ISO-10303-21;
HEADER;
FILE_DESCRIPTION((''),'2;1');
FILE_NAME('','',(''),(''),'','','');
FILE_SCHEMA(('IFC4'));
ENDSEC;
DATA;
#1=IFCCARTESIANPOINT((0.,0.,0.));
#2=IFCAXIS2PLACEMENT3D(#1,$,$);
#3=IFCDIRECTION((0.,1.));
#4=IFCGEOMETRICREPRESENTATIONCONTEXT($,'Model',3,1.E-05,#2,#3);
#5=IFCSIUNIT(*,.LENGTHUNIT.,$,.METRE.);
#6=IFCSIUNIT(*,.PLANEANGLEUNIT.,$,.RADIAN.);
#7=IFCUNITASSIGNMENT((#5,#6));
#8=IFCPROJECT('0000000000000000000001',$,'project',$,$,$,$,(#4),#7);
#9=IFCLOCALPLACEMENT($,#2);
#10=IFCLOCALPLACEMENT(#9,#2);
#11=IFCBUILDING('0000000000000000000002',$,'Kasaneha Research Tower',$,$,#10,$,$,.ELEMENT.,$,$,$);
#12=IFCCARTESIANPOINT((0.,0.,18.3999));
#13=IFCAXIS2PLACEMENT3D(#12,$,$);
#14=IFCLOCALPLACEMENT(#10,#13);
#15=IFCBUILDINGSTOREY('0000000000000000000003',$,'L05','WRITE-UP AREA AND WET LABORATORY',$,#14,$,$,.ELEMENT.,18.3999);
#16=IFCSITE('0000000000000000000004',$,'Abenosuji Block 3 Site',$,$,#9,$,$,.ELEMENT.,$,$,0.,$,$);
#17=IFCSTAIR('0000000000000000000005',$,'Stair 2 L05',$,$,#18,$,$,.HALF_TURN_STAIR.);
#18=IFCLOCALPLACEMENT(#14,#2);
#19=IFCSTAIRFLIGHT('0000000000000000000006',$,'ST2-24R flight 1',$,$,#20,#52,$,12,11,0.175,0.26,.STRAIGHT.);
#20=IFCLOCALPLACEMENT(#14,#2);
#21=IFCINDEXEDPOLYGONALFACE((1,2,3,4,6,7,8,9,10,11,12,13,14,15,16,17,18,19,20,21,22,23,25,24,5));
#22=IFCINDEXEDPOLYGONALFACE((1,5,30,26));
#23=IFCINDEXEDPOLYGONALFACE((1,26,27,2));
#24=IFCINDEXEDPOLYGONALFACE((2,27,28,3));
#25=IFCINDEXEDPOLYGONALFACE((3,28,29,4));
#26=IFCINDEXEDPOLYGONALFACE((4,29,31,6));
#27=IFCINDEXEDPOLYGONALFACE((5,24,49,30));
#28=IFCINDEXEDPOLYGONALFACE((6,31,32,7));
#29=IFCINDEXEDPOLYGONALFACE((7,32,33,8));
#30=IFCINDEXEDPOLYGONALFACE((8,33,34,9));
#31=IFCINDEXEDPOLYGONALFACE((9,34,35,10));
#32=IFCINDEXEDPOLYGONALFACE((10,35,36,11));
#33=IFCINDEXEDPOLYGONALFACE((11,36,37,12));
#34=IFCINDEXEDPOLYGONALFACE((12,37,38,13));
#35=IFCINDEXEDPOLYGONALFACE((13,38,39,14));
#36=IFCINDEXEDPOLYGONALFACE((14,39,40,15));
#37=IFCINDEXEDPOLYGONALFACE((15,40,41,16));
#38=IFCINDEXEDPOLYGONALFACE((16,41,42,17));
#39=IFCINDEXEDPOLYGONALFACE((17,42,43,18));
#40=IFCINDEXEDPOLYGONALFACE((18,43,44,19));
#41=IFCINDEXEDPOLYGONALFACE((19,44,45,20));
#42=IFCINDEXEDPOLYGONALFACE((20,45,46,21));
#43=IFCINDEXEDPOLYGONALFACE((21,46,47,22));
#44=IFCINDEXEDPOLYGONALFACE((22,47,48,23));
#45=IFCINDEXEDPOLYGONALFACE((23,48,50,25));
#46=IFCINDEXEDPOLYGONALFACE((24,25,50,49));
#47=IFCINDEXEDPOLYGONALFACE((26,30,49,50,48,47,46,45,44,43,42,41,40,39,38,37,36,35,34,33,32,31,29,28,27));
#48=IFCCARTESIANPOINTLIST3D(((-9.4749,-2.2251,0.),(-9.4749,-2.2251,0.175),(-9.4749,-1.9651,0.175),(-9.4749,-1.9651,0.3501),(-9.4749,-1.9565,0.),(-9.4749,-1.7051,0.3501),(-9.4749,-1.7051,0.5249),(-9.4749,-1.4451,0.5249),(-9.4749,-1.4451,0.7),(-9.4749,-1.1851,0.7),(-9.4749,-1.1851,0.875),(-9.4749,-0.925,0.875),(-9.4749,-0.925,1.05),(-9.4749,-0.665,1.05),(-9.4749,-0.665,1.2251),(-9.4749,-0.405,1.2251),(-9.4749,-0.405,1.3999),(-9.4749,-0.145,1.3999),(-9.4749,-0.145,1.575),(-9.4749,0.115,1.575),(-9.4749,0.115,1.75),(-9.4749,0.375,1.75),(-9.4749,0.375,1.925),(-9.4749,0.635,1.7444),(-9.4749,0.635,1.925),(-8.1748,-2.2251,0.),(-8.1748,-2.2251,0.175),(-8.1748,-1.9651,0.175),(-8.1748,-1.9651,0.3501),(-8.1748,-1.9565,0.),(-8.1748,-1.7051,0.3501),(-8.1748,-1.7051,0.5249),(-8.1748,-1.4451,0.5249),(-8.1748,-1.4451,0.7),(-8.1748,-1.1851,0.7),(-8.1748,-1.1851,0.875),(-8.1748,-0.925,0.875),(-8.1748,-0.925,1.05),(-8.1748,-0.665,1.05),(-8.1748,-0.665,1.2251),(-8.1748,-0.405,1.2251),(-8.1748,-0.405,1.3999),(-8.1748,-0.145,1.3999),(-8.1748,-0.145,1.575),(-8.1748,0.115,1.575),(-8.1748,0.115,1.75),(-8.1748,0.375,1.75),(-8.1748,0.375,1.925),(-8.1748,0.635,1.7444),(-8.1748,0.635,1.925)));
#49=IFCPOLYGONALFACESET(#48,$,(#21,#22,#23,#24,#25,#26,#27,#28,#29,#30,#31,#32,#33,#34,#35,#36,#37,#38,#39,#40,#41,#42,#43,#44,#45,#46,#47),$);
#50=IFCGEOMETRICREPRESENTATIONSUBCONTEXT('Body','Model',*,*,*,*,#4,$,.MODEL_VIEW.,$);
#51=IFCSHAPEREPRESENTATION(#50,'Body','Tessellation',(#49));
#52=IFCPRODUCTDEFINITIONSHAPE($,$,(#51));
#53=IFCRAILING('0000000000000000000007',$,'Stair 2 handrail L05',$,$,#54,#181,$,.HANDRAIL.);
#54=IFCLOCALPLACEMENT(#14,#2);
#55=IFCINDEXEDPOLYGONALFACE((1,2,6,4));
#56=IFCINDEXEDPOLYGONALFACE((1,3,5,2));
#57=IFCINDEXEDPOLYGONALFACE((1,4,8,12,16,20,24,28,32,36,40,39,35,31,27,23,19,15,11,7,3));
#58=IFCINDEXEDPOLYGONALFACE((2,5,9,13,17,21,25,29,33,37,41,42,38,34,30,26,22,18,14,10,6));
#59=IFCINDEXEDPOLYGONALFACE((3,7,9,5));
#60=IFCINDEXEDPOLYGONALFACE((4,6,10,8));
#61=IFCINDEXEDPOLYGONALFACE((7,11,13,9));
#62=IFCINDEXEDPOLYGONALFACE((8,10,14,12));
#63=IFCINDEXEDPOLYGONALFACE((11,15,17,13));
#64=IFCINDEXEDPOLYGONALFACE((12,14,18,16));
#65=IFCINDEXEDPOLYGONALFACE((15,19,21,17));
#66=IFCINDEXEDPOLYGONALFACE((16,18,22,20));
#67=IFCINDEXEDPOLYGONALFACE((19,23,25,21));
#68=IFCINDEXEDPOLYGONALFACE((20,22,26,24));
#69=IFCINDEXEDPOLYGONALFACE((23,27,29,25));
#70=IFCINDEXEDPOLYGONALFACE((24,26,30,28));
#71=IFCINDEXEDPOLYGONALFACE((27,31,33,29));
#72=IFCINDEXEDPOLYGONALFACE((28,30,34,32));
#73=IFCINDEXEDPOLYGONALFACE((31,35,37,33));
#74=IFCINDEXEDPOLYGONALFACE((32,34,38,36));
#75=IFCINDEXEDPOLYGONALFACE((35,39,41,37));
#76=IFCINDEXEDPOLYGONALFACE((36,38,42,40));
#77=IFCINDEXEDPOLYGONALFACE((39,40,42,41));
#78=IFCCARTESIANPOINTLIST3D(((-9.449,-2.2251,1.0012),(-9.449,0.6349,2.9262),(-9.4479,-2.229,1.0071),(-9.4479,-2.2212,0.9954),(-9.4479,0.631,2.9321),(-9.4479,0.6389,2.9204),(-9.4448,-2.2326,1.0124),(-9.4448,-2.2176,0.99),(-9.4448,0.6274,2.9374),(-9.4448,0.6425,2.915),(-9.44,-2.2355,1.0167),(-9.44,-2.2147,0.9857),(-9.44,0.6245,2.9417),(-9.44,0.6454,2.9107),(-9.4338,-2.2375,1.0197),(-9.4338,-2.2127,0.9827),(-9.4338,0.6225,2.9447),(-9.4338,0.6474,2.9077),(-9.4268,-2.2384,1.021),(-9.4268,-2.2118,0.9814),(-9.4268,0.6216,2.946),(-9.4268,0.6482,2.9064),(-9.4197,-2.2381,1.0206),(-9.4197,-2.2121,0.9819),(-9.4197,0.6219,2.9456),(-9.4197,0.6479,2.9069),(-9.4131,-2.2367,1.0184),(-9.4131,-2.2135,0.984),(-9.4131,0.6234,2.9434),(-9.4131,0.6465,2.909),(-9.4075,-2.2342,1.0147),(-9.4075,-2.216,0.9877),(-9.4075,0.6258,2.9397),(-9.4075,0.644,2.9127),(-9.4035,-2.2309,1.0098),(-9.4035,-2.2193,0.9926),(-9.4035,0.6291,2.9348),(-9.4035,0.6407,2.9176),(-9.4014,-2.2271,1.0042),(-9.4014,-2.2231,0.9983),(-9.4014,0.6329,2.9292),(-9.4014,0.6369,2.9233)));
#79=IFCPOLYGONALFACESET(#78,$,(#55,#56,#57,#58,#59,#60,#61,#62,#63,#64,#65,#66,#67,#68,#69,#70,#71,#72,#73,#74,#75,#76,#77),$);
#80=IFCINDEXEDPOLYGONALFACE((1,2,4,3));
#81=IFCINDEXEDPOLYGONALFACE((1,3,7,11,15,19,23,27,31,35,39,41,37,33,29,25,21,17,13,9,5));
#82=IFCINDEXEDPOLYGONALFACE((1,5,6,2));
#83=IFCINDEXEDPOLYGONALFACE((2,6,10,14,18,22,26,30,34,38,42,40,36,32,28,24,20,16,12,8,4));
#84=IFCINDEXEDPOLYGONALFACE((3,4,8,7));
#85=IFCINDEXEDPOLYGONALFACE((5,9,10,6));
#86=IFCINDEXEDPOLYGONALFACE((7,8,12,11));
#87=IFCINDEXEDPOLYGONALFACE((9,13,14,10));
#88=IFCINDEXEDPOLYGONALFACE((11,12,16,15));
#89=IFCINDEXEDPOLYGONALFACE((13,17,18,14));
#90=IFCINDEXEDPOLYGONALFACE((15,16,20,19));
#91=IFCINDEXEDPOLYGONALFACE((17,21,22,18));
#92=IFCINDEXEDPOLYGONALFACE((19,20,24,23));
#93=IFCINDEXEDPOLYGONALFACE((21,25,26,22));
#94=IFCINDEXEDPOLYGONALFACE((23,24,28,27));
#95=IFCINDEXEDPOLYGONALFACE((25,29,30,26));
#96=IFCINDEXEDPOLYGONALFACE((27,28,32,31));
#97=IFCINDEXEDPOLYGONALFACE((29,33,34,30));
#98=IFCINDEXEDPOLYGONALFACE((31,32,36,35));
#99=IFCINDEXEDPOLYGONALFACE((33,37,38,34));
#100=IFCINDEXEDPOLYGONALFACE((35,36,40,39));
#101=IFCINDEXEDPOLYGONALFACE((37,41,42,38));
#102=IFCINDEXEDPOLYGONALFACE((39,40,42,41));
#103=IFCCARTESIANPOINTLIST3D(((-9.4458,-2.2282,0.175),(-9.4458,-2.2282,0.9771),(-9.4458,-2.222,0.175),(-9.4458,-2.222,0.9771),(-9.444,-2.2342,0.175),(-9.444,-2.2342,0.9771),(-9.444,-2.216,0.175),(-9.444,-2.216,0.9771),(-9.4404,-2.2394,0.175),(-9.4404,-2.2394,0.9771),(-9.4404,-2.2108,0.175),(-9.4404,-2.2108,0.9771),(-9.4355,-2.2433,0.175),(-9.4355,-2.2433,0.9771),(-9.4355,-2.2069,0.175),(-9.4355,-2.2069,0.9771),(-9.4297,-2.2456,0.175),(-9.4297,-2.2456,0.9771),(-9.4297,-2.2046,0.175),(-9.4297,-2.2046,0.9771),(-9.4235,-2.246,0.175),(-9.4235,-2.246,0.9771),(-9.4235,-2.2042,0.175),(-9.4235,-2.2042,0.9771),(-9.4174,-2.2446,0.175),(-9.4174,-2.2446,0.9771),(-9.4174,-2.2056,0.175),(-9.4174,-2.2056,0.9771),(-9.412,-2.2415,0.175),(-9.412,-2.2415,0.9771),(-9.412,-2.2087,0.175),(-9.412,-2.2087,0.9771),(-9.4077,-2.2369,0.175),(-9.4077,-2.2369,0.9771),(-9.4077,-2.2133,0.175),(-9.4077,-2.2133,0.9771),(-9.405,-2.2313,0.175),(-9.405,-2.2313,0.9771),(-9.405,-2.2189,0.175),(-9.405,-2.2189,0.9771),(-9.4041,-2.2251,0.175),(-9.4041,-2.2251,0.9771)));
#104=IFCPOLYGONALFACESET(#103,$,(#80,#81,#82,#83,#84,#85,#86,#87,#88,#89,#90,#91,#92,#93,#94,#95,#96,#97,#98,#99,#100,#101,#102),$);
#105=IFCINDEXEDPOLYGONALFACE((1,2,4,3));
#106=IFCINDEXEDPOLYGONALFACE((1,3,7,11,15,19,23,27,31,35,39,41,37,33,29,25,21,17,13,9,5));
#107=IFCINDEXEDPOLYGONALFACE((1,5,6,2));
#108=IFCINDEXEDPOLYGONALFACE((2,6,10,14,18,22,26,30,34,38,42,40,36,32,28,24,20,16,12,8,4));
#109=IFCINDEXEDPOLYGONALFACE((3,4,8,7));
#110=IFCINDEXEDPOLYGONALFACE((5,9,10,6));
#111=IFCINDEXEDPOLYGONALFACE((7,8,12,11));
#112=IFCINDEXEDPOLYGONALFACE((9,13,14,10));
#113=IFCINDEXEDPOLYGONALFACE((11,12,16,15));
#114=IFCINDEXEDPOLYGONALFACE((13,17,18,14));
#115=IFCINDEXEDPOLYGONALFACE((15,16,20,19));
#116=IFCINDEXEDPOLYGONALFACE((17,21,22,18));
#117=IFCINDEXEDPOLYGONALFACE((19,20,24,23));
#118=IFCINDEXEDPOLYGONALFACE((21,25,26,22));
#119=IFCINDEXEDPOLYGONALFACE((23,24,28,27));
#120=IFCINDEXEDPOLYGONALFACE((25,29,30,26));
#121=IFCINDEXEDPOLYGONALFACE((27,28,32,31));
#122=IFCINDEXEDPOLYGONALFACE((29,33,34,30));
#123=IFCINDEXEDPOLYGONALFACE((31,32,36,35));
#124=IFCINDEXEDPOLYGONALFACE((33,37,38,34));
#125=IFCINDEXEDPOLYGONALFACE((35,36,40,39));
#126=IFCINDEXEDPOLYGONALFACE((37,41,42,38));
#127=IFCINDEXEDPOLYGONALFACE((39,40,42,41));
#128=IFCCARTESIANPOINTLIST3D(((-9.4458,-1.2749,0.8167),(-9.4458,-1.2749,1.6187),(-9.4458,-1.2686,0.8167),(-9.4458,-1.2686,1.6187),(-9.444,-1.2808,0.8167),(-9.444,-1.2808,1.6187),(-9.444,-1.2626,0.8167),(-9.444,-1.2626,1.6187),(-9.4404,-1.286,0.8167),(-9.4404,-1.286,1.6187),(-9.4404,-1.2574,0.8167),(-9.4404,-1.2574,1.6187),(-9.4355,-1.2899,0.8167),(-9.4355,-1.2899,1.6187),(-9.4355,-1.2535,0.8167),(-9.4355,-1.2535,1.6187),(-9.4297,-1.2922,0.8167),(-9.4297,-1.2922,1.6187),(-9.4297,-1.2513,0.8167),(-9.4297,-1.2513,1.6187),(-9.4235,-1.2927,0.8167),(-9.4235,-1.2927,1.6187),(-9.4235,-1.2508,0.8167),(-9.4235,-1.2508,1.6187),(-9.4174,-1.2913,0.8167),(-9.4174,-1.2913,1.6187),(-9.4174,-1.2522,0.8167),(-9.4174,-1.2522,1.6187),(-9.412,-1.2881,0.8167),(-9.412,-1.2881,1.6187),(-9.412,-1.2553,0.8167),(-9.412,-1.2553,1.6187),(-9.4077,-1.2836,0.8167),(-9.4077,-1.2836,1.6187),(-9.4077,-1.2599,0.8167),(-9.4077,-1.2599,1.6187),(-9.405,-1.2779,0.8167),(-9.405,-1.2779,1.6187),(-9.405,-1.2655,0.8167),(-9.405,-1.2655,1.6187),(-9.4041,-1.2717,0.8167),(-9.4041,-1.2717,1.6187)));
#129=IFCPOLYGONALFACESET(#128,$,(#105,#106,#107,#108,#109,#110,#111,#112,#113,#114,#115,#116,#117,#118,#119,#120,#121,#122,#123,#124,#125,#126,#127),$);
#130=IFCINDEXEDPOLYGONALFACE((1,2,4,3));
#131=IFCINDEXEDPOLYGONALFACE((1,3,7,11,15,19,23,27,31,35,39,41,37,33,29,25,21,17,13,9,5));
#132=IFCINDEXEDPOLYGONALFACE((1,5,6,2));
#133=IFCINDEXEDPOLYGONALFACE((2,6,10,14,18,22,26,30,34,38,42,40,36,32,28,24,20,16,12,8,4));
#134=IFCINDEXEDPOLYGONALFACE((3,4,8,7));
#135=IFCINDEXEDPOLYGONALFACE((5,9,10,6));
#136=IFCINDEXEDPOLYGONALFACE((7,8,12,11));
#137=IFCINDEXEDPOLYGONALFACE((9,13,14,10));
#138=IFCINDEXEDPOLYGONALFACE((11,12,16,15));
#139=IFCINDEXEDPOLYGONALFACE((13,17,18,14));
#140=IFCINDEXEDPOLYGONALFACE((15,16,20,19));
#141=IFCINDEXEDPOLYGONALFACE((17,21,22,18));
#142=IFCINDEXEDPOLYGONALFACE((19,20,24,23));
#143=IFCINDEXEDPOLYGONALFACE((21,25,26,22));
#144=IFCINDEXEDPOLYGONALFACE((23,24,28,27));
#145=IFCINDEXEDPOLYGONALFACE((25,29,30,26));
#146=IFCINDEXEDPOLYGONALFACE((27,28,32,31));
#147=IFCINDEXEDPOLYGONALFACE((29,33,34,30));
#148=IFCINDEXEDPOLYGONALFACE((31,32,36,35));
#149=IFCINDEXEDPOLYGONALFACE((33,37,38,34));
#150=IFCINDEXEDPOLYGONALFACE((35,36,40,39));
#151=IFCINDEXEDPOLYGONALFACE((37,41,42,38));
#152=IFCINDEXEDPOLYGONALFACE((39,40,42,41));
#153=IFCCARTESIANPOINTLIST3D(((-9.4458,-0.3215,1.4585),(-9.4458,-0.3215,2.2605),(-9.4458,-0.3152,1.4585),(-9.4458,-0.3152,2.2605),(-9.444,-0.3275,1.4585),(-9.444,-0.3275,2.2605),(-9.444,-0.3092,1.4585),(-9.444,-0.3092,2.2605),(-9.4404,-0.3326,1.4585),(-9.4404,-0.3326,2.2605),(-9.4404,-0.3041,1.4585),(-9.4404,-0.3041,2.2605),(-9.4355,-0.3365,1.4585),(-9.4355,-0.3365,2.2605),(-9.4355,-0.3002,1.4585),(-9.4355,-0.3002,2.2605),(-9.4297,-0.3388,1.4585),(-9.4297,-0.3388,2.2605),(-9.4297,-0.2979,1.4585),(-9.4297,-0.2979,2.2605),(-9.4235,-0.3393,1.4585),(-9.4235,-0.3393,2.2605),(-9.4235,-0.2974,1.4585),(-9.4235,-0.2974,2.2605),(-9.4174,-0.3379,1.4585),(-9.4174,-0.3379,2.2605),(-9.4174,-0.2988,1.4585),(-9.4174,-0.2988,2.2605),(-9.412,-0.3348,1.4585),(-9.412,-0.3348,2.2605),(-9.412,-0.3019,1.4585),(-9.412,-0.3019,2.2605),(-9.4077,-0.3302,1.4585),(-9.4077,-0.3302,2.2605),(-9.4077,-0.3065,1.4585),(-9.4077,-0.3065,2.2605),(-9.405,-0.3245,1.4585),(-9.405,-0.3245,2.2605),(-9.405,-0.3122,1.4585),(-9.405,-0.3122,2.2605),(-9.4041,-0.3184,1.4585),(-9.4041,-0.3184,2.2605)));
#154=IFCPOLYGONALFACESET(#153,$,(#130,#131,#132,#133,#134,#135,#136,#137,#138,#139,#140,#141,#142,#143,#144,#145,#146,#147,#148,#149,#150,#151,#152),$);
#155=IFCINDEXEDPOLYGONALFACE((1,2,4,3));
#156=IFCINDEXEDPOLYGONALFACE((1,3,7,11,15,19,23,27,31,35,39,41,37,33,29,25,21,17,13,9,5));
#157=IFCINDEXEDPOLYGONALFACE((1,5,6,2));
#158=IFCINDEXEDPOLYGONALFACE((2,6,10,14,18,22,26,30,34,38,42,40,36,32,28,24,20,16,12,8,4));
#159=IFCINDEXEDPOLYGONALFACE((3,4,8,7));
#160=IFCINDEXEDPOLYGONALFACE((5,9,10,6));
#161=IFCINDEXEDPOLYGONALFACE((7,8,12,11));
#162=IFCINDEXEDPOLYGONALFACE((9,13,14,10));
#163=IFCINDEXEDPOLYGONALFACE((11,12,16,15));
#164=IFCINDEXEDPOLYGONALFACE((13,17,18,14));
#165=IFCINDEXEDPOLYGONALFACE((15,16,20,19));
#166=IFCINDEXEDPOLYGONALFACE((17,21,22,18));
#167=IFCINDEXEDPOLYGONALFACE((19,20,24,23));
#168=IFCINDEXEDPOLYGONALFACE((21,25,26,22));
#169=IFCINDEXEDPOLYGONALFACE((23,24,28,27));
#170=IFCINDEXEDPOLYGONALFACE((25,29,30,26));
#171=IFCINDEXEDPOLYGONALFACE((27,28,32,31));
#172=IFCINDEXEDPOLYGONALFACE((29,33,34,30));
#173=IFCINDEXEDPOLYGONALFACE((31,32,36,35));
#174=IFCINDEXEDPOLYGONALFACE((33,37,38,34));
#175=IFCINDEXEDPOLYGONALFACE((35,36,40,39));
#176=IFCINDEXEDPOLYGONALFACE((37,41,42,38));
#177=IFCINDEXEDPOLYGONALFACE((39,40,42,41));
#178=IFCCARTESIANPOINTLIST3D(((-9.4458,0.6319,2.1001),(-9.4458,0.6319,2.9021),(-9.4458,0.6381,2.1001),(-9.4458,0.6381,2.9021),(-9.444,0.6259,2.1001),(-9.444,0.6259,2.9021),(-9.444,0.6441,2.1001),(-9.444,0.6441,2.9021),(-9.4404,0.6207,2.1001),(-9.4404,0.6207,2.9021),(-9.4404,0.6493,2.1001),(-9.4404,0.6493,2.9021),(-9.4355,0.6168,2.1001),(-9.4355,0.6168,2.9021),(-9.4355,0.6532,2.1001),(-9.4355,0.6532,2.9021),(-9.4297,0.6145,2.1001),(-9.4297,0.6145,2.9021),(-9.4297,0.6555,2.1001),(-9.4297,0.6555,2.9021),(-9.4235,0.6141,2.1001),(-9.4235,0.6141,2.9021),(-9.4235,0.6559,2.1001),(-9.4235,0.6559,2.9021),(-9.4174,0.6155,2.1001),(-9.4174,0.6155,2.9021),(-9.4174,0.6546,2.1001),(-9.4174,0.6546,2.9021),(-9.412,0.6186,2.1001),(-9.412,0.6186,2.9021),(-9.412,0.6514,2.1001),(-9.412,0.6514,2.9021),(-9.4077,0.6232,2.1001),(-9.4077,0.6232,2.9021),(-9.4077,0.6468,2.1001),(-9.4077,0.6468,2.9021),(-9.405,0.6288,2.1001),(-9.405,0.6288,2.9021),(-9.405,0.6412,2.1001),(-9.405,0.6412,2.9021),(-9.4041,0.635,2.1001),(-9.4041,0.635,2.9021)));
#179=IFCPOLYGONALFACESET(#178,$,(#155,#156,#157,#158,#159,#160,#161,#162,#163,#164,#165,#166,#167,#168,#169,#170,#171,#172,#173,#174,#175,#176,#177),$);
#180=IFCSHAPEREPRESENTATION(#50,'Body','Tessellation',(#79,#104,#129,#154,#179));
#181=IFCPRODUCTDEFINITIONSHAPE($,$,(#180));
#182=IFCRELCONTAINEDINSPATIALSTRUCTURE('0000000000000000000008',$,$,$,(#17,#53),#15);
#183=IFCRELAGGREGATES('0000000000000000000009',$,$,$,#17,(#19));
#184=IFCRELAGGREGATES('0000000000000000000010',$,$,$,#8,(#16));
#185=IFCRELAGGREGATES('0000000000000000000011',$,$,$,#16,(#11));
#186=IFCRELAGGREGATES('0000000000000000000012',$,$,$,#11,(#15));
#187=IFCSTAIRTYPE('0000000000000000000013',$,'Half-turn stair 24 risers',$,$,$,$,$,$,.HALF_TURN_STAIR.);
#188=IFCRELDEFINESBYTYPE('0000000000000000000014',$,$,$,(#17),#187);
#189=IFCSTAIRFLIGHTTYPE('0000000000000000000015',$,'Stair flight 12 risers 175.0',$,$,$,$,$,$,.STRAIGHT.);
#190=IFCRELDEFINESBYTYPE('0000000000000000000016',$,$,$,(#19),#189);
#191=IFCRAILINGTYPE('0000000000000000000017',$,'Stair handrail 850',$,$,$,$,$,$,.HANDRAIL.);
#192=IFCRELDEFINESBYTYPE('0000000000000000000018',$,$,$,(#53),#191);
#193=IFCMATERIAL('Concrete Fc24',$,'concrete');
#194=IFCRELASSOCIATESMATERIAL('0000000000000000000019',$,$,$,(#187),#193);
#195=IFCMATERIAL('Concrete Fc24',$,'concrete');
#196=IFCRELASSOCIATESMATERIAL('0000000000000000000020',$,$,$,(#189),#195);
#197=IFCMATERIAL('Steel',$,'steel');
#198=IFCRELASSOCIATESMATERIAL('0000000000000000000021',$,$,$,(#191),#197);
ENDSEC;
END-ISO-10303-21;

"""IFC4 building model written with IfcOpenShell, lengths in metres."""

from ifc_helpers import new_model, si_unit, direction, frame, origin, origin_2d, place, context, subcontext, project, spatial, polyline, circle, outline, extrude, material, type_object, element, aggregate, save


model = new_model("IFC4")

# Units and contexts
model_context = context("Model", 3, precision=1e-05, world=origin(), true_north=direction((0.0, 1.0)))
body_context = subcontext(model_context, "Body", "Model", "MODEL_VIEW")
ifc_project = project(units=[si_unit("LENGTHUNIT", "METRE"), si_unit("PLANEANGLEUNIT", "RADIAN")], contexts=[model_context])

# Site, building, storey
site_placement = place(None, origin())
site = spatial("IfcSite", under=ifc_project, at=site_placement, Name="Abenosuji Block 3 Site", CompositionType="ELEMENT", RefElevation=0.0)
building_placement = place(site_placement, origin())
building = spatial("IfcBuilding", under=site, at=building_placement, Name="Kasaneha Research Tower", CompositionType="ELEMENT")
storey_placement = place(building_placement, frame((0.0, 0.0, 18.3999)))
storey = spatial("IfcBuildingStorey", under=building, at=storey_placement, Name="L05", Description="WRITE-UP AREA AND WET LABORATORY", CompositionType="ELEMENT", Elevation=18.3999)

# Stair, stair flight
ifc_material_1 = material(Name="Concrete Fc24", Category="concrete")
stair_type = type_object("IfcStairType", Name="Half-turn stair 24 risers", PredefinedType="HALF_TURN_STAIR", material=ifc_material_1)
stair_placement = place(storey_placement, origin())
stair = element("IfcStair", 1, at=stair_placement, inside=storey, type_object=stair_type, Name="Stair 2 L05", PredefinedType="HALF_TURN_STAIR")
ifc_material_2 = material(Name="Concrete Fc24", Category="concrete")
stair_flight_type = type_object("IfcStairFlightType", Name="Stair flight 12 risers 175.0", PredefinedType="STRAIGHT", material=ifc_material_2)
stair_flight_placement = place(storey_placement, frame((-8.825, -2.2251, 0.0), z_axis=(0.0, 0.0, 1.0), x_axis=(0.0, 1.0, 0.0)))
stair_flight = element("IfcStairFlight", 2, at=stair_flight_placement, type_object=stair_flight_type, Name="ST2-24R flight 1", NumberOfRisers=12, NumberOfTreads=11, PredefinedType="STRAIGHT", RiserHeight=0.175, TreadLength=0.26, context=body_context, shape_type="SweptSolid", body=[
    extrude(outline(polyline([(0.0, 0.0), (0.0, 0.175), (0.26, 0.175), (0.26, 0.3501), (0.52, 0.3501), (0.52, 0.5249), (0.78, 0.5249), (0.78, 0.7), (1.04, 0.7), (1.04, 0.875), (1.3, 0.875), (1.3, 1.05), (1.5601, 1.05), (1.5601, 1.2251), (1.8201, 1.2251), (1.8201, 1.3999), (2.0801, 1.3999), (2.0801, 1.575), (2.3401, 1.575), (2.3401, 1.75), (2.6001, 1.75), (2.6001, 1.925), (2.8601, 1.925), (2.8601, 2.1001), (2.8601, 1.7444), (0.2686, 0.0), (0.0, 0.0)])), frame((0.0, 0.6499, 0.0), z_axis=(0.0, -1.0, 0.0), x_axis=(1.0, 0.0, 0.0)), (0.0, 0.0, 1.0), 1.3),
])
aggregate(stair, [stair_flight])

# Railing
ifc_material_3 = material(Name="Steel", Category="steel")
railing_type = type_object("IfcRailingType", Name="Stair handrail 850", PredefinedType="HANDRAIL", material=ifc_material_3)
railing_placement = place(storey_placement, frame((-9.425, -2.2251, 0.175)))
element("IfcRailing", 3, at=railing_placement, inside=storey, type_object=railing_type, Name="Stair 2 handrail L05", PredefinedType="HANDRAIL", context=body_context, shape_type="SweptSolid", body=[
    extrude(circle(Radius=0.0239, at=origin_2d()), frame((0.0, 0.0, 0.8262), z_axis=(0.0, 0.829591, 0.558372), x_axis=(-1.0, 0.0, 0.0)), (0.0, 0.0, 1.0), 3.4475),
    extrude(circle(Radius=0.021, at=origin_2d()), origin(), (0.0, 0.0, 1.0), 0.802),
    extrude(circle(Radius=0.021, at=origin_2d()), frame((0.0, 0.9534, 0.6416)), (0.0, 0.0, 1.0), 0.802),
    extrude(circle(Radius=0.021, at=origin_2d()), frame((0.0, 1.9067, 1.2834)), (0.0, 0.0, 1.0), 0.802),
    extrude(circle(Radius=0.021, at=origin_2d()), frame((0.0, 2.8601, 1.925)), (0.0, 0.0, 1.0), 0.802),
])

save(model, "model.ifc")
